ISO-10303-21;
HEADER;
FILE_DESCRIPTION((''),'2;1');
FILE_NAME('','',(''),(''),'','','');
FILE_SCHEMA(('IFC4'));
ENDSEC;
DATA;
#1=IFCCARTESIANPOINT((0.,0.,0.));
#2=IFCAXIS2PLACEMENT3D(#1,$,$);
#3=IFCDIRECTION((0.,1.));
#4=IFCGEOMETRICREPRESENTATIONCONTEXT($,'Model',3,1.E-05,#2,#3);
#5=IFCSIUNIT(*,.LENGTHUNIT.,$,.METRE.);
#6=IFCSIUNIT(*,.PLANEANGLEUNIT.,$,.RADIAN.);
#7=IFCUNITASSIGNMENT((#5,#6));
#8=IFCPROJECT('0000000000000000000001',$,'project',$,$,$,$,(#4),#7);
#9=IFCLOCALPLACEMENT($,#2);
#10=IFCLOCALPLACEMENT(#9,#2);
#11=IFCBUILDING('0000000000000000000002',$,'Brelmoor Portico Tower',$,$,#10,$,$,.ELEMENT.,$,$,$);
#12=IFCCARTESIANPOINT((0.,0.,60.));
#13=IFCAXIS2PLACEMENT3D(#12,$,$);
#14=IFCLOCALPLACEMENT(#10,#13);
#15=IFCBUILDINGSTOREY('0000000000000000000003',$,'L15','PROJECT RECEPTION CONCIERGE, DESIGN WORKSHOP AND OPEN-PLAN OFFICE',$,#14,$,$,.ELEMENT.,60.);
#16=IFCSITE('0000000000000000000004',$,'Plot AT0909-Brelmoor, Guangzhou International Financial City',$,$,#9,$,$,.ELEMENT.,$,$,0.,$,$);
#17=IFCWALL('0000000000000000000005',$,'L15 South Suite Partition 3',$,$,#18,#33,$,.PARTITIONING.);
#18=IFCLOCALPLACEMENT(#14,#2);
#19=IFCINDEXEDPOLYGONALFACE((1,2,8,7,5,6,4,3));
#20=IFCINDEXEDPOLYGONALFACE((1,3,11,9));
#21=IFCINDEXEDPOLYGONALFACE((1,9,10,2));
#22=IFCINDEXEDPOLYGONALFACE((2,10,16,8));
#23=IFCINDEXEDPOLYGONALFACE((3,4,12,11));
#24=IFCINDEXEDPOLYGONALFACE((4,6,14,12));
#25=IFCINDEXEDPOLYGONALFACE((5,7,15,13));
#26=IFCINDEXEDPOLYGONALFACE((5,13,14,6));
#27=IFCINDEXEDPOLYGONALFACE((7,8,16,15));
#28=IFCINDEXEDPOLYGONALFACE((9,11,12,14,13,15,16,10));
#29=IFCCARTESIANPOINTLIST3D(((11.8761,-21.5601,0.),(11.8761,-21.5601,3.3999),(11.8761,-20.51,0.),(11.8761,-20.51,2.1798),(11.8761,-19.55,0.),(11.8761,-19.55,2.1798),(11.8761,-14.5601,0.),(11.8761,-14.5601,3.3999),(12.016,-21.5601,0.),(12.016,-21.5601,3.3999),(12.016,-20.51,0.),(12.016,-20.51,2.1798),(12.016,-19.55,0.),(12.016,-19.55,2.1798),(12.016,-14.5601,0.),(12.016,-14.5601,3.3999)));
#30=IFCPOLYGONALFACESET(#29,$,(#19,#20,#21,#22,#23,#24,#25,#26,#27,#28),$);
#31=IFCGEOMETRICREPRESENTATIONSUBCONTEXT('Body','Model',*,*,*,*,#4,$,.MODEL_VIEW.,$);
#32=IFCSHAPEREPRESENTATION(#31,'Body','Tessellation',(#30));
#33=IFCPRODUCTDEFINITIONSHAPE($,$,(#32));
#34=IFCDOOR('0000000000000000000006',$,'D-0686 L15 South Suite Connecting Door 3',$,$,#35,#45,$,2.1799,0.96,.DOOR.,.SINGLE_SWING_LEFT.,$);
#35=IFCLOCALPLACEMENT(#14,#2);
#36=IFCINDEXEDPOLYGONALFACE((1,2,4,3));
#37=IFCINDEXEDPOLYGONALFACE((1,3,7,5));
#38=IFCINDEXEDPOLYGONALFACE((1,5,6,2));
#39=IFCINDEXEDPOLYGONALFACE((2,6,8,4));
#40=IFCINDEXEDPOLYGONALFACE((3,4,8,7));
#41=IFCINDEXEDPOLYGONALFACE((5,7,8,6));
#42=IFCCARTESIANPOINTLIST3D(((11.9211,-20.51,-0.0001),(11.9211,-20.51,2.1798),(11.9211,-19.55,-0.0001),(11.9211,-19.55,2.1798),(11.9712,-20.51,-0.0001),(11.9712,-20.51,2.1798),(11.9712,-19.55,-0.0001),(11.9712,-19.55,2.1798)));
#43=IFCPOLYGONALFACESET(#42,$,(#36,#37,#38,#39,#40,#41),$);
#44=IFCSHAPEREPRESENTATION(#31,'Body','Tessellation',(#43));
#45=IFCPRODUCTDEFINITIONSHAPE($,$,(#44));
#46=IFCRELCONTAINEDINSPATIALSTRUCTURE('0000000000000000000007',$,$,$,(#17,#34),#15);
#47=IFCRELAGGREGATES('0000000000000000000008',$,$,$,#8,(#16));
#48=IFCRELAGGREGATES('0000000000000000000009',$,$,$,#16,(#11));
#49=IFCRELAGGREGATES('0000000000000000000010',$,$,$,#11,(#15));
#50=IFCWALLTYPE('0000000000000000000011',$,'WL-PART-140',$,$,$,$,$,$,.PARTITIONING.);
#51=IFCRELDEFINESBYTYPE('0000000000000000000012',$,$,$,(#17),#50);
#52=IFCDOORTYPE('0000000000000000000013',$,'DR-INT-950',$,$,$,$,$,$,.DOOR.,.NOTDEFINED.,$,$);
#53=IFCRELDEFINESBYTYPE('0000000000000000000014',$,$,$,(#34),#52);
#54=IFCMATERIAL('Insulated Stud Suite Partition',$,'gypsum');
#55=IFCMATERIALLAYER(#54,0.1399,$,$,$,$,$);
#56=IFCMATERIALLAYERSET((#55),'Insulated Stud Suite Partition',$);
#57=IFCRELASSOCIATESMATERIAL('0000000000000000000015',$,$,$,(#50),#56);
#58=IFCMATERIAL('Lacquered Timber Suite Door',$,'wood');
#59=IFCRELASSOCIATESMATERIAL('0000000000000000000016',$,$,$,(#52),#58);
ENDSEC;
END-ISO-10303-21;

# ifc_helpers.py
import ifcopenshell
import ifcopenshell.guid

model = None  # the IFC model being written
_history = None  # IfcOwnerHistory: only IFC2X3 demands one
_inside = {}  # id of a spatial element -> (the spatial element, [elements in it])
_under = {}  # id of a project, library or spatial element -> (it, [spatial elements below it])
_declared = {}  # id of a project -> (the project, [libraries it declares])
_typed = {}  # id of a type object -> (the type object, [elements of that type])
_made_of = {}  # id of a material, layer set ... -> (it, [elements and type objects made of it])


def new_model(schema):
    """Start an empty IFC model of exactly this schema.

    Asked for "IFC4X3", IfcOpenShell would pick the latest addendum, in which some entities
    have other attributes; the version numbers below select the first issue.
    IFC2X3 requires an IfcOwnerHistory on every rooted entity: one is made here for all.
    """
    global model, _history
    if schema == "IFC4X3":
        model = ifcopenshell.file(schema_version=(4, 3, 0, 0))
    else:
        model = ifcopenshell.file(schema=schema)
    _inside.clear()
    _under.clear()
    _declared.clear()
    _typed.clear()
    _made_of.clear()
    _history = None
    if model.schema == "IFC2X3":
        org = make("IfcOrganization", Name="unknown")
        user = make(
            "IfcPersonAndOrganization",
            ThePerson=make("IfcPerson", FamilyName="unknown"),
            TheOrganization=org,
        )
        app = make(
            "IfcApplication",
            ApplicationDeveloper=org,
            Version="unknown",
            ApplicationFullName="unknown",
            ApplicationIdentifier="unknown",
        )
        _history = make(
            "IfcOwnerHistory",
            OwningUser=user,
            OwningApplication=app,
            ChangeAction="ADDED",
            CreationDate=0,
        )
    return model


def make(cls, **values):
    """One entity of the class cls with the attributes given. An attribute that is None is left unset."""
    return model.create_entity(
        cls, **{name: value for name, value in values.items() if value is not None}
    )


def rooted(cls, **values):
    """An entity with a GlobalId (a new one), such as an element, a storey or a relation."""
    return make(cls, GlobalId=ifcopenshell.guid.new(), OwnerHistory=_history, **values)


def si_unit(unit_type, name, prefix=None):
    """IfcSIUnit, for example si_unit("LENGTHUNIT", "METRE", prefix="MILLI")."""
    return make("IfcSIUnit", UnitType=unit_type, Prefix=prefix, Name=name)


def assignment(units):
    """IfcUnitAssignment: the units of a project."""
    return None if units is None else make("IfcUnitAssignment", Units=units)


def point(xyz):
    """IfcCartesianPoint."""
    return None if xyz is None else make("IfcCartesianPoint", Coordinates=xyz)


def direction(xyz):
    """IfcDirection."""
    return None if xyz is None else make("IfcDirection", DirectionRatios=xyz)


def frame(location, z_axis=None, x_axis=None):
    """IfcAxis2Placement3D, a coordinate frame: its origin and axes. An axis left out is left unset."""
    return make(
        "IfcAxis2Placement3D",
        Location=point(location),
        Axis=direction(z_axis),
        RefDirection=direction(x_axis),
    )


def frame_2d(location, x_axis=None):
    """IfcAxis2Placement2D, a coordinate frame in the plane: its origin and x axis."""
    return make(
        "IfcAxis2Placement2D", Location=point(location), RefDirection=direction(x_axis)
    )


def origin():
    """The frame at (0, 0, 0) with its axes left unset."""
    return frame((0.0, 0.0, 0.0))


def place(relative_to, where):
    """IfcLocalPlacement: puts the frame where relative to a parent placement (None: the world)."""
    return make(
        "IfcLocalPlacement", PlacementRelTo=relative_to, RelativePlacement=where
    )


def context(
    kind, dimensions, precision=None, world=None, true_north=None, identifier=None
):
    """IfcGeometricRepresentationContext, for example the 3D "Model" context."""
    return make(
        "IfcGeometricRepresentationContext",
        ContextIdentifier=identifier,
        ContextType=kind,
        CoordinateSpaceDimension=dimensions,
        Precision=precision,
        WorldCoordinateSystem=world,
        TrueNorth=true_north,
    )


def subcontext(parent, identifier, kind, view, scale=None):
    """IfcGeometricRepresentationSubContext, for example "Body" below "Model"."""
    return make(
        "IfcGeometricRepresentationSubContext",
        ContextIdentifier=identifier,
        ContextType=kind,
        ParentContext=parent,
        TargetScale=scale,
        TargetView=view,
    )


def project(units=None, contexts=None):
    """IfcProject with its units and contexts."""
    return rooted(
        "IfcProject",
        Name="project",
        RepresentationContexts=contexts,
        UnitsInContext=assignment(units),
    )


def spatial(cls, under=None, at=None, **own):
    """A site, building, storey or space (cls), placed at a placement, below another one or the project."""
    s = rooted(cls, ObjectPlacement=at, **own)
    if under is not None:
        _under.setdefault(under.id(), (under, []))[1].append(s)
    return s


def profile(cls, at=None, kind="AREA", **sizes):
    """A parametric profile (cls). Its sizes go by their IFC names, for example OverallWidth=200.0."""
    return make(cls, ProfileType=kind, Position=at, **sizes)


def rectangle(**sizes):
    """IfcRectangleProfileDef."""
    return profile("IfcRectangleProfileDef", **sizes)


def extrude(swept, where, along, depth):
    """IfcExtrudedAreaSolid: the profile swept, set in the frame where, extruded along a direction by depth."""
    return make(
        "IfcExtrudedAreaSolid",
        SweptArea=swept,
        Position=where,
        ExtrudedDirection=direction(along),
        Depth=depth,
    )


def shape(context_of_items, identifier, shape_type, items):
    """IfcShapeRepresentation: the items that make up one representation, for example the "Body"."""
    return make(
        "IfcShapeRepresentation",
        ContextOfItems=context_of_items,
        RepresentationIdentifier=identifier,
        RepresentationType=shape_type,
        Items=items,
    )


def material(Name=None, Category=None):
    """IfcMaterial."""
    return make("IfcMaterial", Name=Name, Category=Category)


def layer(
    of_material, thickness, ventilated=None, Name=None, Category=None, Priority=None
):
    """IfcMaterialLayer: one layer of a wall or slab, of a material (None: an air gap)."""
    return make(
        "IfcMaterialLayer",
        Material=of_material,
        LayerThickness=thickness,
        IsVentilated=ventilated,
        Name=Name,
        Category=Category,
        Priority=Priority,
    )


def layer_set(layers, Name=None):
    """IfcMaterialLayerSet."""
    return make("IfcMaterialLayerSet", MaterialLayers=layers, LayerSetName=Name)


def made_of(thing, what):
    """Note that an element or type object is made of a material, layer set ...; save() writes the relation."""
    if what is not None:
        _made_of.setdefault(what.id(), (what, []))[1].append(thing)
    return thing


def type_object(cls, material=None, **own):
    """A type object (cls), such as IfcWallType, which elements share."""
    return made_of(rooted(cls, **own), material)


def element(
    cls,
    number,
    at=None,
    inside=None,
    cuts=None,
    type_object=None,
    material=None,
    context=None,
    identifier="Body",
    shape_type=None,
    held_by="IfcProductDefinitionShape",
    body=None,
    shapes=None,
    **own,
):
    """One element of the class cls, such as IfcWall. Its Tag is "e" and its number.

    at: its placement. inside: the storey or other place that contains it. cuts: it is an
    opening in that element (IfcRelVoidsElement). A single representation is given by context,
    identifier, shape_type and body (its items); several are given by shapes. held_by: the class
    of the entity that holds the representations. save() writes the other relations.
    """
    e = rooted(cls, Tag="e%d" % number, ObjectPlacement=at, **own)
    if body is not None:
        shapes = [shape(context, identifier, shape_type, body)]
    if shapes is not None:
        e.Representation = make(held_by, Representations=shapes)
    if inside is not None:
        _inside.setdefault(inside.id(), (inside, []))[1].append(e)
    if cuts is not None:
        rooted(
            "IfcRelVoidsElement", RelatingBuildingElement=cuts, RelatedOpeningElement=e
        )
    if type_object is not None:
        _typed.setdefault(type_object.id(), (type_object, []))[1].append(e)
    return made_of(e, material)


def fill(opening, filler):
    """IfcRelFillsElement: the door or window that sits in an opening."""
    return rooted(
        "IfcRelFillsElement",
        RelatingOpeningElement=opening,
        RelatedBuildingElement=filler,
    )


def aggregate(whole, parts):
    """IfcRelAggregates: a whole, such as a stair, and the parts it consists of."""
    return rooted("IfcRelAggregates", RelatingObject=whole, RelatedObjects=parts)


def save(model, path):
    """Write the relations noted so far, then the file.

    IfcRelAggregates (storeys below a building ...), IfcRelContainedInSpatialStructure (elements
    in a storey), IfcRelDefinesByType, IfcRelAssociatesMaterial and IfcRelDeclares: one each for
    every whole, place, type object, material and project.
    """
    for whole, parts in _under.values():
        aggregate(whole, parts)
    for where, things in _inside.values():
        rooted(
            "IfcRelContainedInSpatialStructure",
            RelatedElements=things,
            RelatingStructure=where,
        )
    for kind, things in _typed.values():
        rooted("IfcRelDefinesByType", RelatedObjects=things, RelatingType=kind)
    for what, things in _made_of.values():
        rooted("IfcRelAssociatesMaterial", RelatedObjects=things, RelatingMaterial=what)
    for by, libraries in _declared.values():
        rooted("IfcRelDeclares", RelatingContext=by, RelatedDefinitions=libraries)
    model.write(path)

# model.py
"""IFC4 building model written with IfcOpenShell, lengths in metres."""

from ifc_helpers import new_model, si_unit, direction, frame, frame_2d, origin, place, context, subcontext, project, spatial, rectangle, extrude, material, layer, layer_set, type_object, element, fill, save


model = new_model("IFC4")

# Units and contexts
model_context = context("Model", 3, precision=1e-05, world=origin(), true_north=direction((0.0, 1.0)))
body_context = subcontext(model_context, "Body", "Model", "MODEL_VIEW")
ifc_project = project(units=[si_unit("LENGTHUNIT", "METRE"), si_unit("PLANEANGLEUNIT", "RADIAN")], contexts=[model_context])

# Site, building, storey
site_placement = place(None, origin())
site = spatial("IfcSite", under=ifc_project, at=site_placement, Name="Plot AT0909-Brelmoor, Guangzhou International Financial City", CompositionType="ELEMENT", RefElevation=0.0)
building_placement = place(site_placement, origin())
building = spatial("IfcBuilding", under=site, at=building_placement, Name="Brelmoor Portico Tower", CompositionType="ELEMENT")
storey_placement = place(building_placement, frame((0.0, 0.0, 60.0)))
storey = spatial("IfcBuildingStorey", under=building, at=storey_placement, Name="L15", Description="PROJECT RECEPTION CONCIERGE, DESIGN WORKSHOP AND OPEN-PLAN OFFICE", CompositionType="ELEMENT", Elevation=60.0)

# Wall, opening, door
ifc_material_1 = material(Name="Insulated Stud Suite Partition", Category="gypsum")
ifc_layer_1 = layer(ifc_material_1, 0.1399)
ifc_layer_set_1 = layer_set([ifc_layer_1], Name="Insulated Stud Suite Partition")
wall_type_1 = type_object("IfcWallType", Name="WL-PART-140", PredefinedType="PARTITIONING", material=ifc_layer_set_1)
wall_placement = place(storey_placement, frame((11.946, -21.5601, 0.0), z_axis=(0.0, 0.0, 1.0), x_axis=(0.0, 1.0, 0.0)))
wall = element("IfcWall", 1, at=wall_placement, inside=storey, type_object=wall_type_1, Name="L15 South Suite Partition 3", PredefinedType="PARTITIONING", context=body_context, shape_type="SweptSolid", body=[
    extrude(rectangle(XDim=7.0, YDim=0.1399, at=frame_2d((3.5, 0.0))), origin(), (0.0, 0.0, 1.0), 3.3999),
])
opening_placement = place(wall_placement, frame((1.05, 0.0, 0.0)))
opening = element("IfcOpeningElement", 2, at=opening_placement, cuts=wall, PredefinedType="OPENING", context=body_context, shape_type="SweptSolid", body=[
    extrude(rectangle(XDim=0.96, YDim=2.1799, at=frame_2d((0.48, 1.0898))), frame((0.0, 0.0798, 0.0), z_axis=(0.0, -1.0, 0.0), x_axis=(1.0, 0.0, 0.0)), (0.0, 0.0, 1.0), 0.1599),
])
ifc_material_2 = material(Name="Lacquered Timber Suite Door", Category="wood")
door_type = type_object("IfcDoorType", Name="DR-INT-950", OperationType="NOTDEFINED", PredefinedType="DOOR", material=ifc_material_2)
door_placement = place(opening_placement, origin())
door = element("IfcDoor", 3, at=door_placement, inside=storey, type_object=door_type, Name="D-0686 L15 South Suite Connecting Door 3", OperationType="SINGLE_SWING_LEFT", OverallHeight=2.1799, OverallWidth=0.96, PredefinedType="DOOR", context=body_context, shape_type="SweptSolid", body=[
    extrude(rectangle(XDim=0.96, YDim=2.1799, at=frame_2d((0.48, 1.0898))), frame((0.0, 0.0249, 0.0), z_axis=(0.0, -1.0, 0.0), x_axis=(1.0, 0.0, 0.0)), (0.0, 0.0, 1.0), 0.05),
])
fill(opening, door)

save(model, "model.ifc")
